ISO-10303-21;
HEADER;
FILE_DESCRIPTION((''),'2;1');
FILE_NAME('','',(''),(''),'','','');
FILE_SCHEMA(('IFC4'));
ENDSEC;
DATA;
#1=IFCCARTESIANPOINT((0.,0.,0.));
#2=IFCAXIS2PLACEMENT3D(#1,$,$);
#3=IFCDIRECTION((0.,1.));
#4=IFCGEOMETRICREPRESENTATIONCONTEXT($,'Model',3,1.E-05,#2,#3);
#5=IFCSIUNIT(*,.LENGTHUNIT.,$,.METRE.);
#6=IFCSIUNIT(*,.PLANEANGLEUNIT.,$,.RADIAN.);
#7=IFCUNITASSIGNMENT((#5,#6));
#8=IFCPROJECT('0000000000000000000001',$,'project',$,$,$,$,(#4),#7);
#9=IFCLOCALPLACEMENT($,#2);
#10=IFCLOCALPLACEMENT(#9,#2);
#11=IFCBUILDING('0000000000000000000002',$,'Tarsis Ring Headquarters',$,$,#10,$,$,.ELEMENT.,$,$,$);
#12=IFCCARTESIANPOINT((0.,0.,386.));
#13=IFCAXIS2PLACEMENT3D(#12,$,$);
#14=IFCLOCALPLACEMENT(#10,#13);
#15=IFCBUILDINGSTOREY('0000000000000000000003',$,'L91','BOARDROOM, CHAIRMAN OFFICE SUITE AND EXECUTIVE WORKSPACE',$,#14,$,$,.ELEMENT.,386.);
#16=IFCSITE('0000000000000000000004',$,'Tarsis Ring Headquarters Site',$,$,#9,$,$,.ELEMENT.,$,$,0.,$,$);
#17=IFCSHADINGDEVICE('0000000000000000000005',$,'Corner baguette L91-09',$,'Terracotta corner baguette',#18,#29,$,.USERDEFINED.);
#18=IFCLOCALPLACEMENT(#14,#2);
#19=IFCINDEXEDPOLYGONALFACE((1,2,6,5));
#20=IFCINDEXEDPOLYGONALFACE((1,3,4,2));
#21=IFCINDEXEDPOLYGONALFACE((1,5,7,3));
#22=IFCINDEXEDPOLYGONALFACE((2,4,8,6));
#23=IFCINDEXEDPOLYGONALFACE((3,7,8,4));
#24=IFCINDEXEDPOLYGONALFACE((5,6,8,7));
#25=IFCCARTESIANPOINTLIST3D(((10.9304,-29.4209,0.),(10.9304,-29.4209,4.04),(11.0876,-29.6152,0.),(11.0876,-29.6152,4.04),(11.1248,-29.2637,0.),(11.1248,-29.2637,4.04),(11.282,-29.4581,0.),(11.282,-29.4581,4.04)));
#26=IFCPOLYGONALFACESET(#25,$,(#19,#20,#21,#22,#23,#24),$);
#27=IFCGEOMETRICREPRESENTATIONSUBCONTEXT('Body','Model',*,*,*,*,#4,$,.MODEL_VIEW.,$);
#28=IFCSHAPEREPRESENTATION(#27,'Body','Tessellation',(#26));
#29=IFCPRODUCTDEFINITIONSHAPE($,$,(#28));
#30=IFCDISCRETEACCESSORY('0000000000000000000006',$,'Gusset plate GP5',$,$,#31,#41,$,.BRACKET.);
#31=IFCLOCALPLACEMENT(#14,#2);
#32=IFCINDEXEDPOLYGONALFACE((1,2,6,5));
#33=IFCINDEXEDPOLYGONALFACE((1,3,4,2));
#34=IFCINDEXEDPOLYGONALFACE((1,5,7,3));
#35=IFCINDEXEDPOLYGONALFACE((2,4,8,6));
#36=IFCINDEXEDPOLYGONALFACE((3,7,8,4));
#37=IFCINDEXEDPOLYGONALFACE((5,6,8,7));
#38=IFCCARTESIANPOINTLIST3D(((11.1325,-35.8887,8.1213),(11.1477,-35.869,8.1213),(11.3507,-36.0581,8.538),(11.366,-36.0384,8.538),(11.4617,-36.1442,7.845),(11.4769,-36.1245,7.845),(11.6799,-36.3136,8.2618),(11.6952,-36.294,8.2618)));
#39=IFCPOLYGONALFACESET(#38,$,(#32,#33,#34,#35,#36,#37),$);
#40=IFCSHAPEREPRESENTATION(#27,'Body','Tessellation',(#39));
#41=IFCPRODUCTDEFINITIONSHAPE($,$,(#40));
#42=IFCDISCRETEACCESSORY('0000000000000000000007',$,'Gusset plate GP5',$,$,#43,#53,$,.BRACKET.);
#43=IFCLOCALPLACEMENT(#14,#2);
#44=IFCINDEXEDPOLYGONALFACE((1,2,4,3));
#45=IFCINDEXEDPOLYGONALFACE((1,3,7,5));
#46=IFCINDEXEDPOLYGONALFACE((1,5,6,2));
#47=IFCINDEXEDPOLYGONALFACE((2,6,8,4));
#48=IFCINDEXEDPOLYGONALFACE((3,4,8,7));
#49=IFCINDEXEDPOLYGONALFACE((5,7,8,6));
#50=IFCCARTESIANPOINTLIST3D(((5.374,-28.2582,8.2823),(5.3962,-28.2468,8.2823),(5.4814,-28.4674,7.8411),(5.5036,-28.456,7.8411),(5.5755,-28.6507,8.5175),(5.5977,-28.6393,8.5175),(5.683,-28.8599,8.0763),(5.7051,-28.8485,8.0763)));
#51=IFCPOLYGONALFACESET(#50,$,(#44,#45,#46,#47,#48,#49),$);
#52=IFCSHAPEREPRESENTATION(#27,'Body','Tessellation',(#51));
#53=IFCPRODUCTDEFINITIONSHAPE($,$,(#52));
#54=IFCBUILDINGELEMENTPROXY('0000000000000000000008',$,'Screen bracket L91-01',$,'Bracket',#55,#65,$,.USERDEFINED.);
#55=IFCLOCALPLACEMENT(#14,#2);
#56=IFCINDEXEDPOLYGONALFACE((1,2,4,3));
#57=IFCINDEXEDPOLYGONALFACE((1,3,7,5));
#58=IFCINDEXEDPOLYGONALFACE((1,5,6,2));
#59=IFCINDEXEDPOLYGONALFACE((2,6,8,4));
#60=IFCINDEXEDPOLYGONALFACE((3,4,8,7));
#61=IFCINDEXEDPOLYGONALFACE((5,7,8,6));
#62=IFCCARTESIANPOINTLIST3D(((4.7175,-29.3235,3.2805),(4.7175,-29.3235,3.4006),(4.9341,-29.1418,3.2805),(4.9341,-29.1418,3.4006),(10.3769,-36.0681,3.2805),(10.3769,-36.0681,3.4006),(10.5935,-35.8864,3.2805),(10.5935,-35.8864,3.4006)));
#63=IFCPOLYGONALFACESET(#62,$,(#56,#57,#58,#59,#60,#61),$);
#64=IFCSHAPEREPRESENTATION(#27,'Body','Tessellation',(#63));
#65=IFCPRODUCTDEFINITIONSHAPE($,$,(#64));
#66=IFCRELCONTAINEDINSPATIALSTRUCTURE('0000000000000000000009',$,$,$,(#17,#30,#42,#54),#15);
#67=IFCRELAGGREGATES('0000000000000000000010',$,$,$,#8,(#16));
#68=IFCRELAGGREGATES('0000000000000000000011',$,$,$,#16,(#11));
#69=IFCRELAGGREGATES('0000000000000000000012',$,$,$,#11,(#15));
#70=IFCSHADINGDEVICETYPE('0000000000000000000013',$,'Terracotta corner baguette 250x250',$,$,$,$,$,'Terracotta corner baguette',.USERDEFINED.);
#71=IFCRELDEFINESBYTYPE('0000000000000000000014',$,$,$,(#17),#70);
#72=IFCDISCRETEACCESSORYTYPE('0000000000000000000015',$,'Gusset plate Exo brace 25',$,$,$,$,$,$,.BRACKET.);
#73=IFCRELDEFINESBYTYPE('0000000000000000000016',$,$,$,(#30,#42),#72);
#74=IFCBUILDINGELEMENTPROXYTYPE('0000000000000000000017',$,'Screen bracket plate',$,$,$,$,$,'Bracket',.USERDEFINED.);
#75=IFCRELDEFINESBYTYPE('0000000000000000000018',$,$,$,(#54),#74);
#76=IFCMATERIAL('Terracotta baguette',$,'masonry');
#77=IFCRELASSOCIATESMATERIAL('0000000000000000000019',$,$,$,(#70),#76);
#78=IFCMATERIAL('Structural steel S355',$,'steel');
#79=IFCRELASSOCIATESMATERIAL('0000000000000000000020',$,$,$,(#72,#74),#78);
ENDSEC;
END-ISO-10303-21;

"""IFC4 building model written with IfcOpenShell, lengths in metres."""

from ifc_helpers import new_model, si_unit, direction, frame, origin, origin_2d, place, context, subcontext, project, spatial, rectangle, extrude, material, material_profile, profile_set, type_object, element, save


model = new_model("IFC4")

# Units and contexts
model_context = context("Model", 3, precision=1e-05, world=origin(), true_north=direction((0.0, 1.0)))
body_context = subcontext(model_context, "Body", "Model", "MODEL_VIEW")
ifc_project = project(units=[si_unit("LENGTHUNIT", "METRE"), si_unit("PLANEANGLEUNIT", "RADIAN")], contexts=[model_context])

# Site, building, storey
site_placement = place(None, origin())
site = spatial("IfcSite", under=ifc_project, at=site_placement, Name="Tarsis Ring Headquarters Site", CompositionType="ELEMENT", RefElevation=0.0)
building_placement = place(site_placement, origin())
building = spatial("IfcBuilding", under=site, at=building_placement, Name="Tarsis Ring Headquarters", CompositionType="ELEMENT")
storey_placement = place(building_placement, frame((0.0, 0.0, 386.0)))
storey = spatial("IfcBuildingStorey", under=building, at=storey_placement, Name="L91", Description="BOARDROOM, CHAIRMAN OFFICE SUITE AND EXECUTIVE WORKSPACE", CompositionType="ELEMENT", Elevation=386.0)

# Shared definitions
ifc_material_1 = material(Name="Structural steel S355", Category="steel")

# Shading device
ifc_material_2 = material(Name="Terracotta baguette", Category="masonry")
shading_device_type_1 = type_object("IfcShadingDeviceType", Name="Terracotta corner baguette 250x250", ElementType="Terracotta corner baguette", PredefinedType="USERDEFINED", material=ifc_material_2)
for number, where, z_axis, x_axis, name in (
    (1, (11.1062, -29.4395, 0.0), (0.0, 0.0, 1.0), (0.628778, -0.777585, 0.0), "Corner baguette L91-09"),
):
    element("IfcShadingDevice", number, at=place(storey_placement, frame(where, z_axis=z_axis, x_axis=x_axis)), inside=storey, type_object=shading_device_type_1, Name=name, ObjectType="Terracotta corner baguette", PredefinedType="USERDEFINED", context=body_context, shape_type="SweptSolid", body=[
        extrude(rectangle(XDim=0.25, YDim=0.25, at=origin_2d()), origin(), (0.0, 0.0, 1.0), 4.04),
    ])

# Discrete accessories
ifc_material_profile_1 = material_profile(ifc_material_1, rectangle(XDim=0.0249, YDim=0.5, at=origin_2d()), Name="PL 25x500")
ifc_profile_set_1 = profile_set([ifc_material_profile_1], Name="Structural steel S355")
discrete_accessory_type = type_object("IfcDiscreteAccessoryType", Name="Gusset plate Exo brace 25", PredefinedType="BRACKET", material=ifc_profile_set_1)
for number, where, z_axis, x_axis, name in (
    (2, (11.5229, -36.176, 8.3999), (-0.436502, 0.33885, -0.833455), (-0.613206, -0.789923, 0.0), "Gusset plate GP5"),
    (3, (5.4858, -28.4487, 8.3999), (0.21487, -0.418507, -0.88243), (0.889601, 0.456738, 0.0), "Gusset plate GP5"),
):
    element("IfcDiscreteAccessory", number, at=place(storey_placement, frame(where, z_axis=z_axis, x_axis=x_axis)), inside=storey, type_object=discrete_accessory_type, Name=name, PredefinedType="BRACKET", context=body_context, shape_type="SweptSolid", body=[
        extrude(rectangle(XDim=0.0249, YDim=0.5, at=origin_2d()), origin(), (0.0, 0.0, 1.0), 0.5),
    ])

# Building element proxy
building_element_proxy_type = type_object("IfcBuildingElementProxyType", Name="Screen bracket plate", ElementType="Bracket", PredefinedType="USERDEFINED", material=ifc_material_1)
proxy_placement = place(storey_placement, frame((7.6555, -32.605, 3.2805), z_axis=(0.0, 0.0, 1.0), x_axis=(0.642788, -0.766044, 0.0)))
element("IfcBuildingElementProxy", 4, at=proxy_placement, inside=storey, type_object=building_element_proxy_type, Name="Screen bracket L91-01", ObjectType="Bracket", PredefinedType="USERDEFINED", context=body_context, shape_type="SweptSolid", body=[
    extrude(rectangle(XDim=8.8044, YDim=0.2827, at=origin_2d()), origin(), (0.0, 0.0, 1.0), 0.1201),
])

save(model, "model.ifc")
